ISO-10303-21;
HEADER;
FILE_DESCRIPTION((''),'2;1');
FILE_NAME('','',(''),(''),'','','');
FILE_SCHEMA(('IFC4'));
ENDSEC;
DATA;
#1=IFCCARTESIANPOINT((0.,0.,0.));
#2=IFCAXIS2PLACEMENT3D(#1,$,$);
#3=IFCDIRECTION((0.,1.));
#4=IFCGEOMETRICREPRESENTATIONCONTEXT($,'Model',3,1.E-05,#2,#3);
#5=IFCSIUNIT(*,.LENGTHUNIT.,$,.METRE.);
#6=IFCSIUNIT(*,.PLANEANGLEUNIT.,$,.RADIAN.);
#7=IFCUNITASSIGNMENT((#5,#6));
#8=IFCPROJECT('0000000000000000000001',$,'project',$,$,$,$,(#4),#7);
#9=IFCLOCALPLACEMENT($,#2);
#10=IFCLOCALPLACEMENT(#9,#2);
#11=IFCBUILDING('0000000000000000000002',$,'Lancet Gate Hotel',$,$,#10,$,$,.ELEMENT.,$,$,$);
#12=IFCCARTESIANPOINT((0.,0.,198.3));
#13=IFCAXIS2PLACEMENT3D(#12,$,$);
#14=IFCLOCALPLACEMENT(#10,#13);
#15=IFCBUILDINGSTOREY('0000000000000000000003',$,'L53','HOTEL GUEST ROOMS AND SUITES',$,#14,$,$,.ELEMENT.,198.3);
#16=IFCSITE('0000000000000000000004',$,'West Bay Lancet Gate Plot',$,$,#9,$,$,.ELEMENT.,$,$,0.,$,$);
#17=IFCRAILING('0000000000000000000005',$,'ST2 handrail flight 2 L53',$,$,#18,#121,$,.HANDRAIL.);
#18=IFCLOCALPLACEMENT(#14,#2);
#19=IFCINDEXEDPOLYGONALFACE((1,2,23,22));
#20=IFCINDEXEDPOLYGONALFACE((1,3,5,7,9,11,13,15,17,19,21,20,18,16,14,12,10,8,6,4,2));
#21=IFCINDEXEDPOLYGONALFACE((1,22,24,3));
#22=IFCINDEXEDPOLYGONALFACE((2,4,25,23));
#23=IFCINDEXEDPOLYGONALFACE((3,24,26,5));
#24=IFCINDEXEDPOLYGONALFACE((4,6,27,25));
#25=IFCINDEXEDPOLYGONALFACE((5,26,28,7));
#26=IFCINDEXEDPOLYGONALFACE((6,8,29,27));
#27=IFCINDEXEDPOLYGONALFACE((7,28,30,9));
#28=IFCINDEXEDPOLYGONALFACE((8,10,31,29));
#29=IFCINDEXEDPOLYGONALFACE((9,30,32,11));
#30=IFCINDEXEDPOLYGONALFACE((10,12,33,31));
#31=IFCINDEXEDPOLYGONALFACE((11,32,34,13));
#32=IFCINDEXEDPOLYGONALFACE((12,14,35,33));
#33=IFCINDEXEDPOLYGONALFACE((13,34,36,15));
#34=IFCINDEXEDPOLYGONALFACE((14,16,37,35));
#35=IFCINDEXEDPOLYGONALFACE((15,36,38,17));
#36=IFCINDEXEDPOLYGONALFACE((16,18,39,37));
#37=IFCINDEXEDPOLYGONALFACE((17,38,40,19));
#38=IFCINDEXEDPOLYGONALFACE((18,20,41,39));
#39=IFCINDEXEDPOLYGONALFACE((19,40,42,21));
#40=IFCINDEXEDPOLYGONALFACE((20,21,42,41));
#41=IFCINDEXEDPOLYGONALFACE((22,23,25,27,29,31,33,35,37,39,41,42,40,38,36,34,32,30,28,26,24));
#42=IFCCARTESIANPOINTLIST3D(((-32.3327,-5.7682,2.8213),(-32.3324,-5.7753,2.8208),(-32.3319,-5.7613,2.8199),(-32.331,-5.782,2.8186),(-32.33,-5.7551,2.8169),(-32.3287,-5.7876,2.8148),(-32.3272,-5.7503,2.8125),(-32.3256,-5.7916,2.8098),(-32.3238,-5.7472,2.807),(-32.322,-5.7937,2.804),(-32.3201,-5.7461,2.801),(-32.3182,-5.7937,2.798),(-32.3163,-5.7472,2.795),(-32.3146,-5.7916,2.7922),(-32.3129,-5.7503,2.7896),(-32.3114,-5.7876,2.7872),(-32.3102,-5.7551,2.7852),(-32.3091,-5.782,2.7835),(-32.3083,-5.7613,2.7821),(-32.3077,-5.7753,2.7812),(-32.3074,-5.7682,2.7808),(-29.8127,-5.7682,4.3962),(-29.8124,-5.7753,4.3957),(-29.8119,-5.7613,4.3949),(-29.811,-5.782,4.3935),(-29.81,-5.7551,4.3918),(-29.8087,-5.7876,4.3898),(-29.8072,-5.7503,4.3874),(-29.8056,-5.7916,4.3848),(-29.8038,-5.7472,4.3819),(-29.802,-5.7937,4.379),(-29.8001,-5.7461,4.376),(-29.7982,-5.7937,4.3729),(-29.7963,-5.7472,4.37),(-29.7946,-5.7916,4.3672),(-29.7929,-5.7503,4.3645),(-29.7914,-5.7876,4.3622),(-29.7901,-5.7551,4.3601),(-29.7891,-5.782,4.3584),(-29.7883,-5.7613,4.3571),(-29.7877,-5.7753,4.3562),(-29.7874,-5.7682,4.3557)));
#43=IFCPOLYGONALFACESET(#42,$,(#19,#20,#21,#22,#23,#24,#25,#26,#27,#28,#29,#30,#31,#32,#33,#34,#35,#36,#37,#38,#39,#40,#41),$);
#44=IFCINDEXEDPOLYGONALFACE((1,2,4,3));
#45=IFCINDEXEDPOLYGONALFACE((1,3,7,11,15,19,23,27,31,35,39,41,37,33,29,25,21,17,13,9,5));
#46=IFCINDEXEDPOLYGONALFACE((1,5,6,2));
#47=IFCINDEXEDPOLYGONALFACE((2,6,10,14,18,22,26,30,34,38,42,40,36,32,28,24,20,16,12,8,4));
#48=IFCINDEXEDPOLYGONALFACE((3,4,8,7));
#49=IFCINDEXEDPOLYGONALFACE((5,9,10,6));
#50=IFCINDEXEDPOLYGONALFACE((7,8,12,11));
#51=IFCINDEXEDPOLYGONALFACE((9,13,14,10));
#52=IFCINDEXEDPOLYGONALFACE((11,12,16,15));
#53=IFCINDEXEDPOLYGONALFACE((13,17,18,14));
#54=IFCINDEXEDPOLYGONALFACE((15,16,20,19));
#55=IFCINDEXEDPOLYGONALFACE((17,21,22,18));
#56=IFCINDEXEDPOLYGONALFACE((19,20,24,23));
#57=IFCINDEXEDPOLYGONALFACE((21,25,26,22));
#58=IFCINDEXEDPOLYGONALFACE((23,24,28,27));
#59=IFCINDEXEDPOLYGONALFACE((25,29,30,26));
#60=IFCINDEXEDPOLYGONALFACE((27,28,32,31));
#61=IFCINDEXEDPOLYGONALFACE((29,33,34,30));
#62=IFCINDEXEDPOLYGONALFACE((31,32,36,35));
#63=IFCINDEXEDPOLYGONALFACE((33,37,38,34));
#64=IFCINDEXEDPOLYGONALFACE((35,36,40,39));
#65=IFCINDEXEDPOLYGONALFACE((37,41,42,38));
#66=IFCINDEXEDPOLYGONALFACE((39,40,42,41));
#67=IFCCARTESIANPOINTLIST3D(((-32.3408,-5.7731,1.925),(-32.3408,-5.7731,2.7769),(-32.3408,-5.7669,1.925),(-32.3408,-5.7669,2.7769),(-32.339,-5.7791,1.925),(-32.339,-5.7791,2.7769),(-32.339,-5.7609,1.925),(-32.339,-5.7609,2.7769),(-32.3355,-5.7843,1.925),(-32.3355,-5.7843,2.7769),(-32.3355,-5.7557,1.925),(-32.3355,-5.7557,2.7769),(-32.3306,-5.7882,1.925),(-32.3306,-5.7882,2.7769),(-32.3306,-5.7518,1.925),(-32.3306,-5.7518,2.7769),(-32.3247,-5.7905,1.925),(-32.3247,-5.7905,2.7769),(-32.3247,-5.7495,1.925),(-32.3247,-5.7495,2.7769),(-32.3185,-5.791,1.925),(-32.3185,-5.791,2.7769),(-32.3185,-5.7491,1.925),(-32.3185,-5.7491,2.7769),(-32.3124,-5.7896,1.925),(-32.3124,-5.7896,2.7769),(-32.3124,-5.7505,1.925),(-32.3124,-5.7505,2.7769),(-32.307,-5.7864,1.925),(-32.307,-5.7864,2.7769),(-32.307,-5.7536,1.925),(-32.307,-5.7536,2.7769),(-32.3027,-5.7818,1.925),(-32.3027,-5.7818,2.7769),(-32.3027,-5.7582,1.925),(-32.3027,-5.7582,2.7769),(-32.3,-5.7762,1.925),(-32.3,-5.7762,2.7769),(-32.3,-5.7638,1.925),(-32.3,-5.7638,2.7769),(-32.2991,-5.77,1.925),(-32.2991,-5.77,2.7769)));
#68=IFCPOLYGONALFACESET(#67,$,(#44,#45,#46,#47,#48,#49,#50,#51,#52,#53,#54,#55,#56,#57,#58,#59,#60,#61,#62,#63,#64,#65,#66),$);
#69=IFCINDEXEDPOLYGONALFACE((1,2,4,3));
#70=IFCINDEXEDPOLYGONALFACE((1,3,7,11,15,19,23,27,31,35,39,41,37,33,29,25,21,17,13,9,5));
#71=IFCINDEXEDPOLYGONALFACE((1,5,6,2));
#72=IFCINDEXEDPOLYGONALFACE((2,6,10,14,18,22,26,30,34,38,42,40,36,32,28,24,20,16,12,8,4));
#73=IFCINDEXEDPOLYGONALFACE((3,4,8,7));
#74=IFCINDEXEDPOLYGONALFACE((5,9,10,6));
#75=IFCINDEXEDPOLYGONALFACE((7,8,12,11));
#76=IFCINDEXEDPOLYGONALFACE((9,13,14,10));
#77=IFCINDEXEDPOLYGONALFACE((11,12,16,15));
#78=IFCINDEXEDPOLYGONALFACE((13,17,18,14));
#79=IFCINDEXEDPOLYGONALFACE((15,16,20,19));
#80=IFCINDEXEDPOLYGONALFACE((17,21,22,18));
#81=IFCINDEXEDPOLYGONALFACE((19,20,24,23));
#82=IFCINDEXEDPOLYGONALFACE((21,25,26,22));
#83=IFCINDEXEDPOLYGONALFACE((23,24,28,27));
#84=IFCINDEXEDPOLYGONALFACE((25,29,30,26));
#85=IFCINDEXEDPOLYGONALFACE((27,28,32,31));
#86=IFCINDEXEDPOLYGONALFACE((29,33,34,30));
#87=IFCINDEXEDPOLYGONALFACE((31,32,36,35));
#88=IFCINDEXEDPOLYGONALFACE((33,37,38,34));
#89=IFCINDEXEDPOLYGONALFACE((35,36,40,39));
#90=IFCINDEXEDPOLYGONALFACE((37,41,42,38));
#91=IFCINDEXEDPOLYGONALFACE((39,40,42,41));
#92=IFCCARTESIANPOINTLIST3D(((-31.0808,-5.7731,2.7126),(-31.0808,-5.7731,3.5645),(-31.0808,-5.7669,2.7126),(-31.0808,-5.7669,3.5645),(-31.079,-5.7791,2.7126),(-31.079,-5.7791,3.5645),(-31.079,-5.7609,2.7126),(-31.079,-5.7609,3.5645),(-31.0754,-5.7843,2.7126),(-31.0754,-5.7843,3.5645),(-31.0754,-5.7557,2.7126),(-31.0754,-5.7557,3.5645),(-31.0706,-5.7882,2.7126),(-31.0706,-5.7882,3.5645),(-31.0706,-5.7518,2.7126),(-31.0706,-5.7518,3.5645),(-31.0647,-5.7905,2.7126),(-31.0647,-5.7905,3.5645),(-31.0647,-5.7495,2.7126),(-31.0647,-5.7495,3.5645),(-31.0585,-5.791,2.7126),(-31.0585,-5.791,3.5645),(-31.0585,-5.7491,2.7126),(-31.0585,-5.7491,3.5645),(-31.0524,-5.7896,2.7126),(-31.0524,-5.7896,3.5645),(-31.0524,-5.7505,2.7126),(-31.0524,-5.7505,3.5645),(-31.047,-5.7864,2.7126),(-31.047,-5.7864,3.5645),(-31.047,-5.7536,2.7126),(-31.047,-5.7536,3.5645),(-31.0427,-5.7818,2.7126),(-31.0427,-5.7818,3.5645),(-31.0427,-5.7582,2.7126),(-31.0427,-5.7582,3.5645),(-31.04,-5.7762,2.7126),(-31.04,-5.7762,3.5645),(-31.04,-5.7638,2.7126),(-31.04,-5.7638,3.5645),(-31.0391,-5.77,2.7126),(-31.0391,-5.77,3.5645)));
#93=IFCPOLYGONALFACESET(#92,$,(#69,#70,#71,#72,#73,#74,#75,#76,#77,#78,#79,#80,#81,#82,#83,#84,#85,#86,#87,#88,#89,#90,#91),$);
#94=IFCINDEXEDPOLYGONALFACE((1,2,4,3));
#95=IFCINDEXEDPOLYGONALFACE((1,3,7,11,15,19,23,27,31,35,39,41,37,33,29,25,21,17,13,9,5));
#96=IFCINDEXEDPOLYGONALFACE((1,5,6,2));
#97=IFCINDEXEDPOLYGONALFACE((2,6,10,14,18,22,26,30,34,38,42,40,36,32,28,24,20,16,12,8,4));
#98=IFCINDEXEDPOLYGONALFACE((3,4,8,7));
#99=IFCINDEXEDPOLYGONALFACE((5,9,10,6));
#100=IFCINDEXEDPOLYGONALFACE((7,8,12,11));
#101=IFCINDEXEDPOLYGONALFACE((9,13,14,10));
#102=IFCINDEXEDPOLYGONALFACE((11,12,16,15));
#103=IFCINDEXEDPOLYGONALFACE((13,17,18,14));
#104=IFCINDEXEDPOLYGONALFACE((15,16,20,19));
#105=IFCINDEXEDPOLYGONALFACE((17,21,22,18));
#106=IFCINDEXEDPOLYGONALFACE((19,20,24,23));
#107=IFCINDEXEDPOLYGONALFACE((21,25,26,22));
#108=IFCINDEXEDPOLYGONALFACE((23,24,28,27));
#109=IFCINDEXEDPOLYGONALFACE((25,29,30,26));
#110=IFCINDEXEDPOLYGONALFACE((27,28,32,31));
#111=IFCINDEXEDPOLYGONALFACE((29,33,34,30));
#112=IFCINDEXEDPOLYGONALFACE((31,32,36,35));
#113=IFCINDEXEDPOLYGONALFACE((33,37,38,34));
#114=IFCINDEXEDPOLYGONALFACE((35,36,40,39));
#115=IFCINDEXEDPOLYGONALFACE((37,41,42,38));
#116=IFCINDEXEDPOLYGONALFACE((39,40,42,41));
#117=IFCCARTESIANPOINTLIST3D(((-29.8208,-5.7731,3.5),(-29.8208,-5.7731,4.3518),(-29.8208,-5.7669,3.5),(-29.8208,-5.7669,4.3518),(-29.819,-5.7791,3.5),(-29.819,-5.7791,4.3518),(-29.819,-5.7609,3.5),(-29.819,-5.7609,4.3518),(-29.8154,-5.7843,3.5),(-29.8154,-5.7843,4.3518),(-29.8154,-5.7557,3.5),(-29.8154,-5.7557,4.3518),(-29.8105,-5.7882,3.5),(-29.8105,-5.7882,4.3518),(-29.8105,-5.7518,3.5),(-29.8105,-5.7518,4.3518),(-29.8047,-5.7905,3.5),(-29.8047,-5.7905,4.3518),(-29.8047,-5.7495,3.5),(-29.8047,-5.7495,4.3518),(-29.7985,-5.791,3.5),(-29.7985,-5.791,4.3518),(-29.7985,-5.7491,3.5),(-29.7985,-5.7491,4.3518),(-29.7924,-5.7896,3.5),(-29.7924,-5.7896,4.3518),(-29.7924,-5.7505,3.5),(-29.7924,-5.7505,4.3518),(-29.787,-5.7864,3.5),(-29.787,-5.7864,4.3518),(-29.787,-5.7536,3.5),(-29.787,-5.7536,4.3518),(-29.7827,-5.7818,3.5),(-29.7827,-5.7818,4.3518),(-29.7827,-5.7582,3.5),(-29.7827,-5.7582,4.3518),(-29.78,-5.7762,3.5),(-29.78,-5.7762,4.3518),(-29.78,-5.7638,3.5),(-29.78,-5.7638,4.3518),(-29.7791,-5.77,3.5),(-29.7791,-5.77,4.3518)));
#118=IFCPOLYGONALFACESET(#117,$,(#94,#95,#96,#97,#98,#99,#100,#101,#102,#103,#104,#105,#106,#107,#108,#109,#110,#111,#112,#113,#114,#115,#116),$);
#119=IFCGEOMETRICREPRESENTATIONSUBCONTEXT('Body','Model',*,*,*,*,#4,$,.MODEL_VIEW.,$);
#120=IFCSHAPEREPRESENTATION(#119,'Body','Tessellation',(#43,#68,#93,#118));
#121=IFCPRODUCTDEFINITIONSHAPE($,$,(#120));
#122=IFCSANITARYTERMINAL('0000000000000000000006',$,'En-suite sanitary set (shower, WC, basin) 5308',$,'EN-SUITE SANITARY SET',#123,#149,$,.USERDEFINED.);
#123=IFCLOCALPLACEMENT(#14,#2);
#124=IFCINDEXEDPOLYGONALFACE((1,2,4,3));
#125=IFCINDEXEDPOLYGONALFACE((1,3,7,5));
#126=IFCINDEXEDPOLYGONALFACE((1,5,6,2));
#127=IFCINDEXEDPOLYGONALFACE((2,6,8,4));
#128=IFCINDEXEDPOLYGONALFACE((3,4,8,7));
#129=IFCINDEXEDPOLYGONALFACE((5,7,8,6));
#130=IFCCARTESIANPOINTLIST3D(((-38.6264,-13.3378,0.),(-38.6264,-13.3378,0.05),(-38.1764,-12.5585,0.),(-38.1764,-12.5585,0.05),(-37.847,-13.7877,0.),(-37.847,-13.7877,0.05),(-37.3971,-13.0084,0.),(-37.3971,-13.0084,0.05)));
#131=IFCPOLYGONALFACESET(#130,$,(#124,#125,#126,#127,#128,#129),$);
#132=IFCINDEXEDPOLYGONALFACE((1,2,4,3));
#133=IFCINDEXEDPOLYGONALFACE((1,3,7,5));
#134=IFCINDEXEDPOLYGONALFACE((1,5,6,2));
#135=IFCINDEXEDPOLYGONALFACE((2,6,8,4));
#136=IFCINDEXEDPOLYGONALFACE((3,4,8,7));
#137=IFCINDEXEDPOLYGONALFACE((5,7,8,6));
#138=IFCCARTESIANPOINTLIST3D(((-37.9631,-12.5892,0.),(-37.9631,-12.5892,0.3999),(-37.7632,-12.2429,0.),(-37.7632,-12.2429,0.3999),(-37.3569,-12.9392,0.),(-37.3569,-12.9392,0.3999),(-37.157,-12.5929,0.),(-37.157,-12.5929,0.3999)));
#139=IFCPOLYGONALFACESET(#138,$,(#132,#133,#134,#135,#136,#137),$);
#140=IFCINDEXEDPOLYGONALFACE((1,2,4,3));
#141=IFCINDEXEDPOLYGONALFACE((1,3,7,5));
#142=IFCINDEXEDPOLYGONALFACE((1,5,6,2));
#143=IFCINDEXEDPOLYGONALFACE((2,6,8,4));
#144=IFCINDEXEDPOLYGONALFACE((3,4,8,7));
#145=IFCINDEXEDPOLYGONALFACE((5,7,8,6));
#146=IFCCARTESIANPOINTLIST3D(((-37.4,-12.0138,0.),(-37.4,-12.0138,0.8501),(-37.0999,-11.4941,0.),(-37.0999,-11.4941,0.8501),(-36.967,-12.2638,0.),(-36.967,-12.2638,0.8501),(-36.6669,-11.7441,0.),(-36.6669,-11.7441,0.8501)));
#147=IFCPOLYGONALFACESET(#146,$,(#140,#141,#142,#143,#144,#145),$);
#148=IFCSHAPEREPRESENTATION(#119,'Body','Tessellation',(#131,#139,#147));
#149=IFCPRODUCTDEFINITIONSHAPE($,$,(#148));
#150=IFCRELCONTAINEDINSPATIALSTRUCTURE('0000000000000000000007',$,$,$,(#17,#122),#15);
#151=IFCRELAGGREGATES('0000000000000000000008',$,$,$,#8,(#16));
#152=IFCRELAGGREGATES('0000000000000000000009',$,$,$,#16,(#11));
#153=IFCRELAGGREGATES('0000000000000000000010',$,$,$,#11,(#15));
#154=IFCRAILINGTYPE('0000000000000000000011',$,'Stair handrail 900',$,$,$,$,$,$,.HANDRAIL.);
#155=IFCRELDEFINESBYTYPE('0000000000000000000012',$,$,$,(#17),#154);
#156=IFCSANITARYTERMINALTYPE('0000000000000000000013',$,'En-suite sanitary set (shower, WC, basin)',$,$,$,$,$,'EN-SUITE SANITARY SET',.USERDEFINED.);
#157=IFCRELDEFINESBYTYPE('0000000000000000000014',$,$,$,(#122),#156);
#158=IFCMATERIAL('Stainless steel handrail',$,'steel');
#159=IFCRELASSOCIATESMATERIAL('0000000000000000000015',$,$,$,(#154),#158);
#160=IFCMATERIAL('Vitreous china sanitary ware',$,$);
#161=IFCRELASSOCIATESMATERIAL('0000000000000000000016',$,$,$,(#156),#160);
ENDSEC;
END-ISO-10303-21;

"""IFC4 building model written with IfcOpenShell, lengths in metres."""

from ifc_helpers import new_model, si_unit, direction, frame, origin, origin_2d, place, context, subcontext, project, spatial, rectangle, circle, extrude, material, type_object, element, save


model = new_model("IFC4")

# Units and contexts
model_context = context("Model", 3, precision=1e-05, world=origin(), true_north=direction((0.0, 1.0)))
body_context = subcontext(model_context, "Body", "Model", "MODEL_VIEW")
ifc_project = project(units=[si_unit("LENGTHUNIT", "METRE"), si_unit("PLANEANGLEUNIT", "RADIAN")], contexts=[model_context])

# Site, building, storey
site_placement = place(None, origin())
site = spatial("IfcSite", under=ifc_project, at=site_placement, Name="West Bay Lancet Gate Plot", CompositionType="ELEMENT", RefElevation=0.0)
building_placement = place(site_placement, origin())
building = spatial("IfcBuilding", under=site, at=building_placement, Name="Lancet Gate Hotel", CompositionType="ELEMENT")
storey_placement = place(building_placement, frame((0.0, 0.0, 198.3)))
storey = spatial("IfcBuildingStorey", under=building, at=storey_placement, Name="L53", Description="HOTEL GUEST ROOMS AND SUITES", CompositionType="ELEMENT", Elevation=198.3)

# Railing
ifc_material_1 = material(Name="Stainless steel handrail", Category="steel")
railing_type = type_object("IfcRailingType", Name="Stair handrail 900", PredefinedType="HANDRAIL", material=ifc_material_1)
railing_placement = place(storey_placement, frame((-32.3201, -5.77, 1.925)))
element("IfcRailing", 1, at=railing_placement, inside=storey, type_object=railing_type, Name="ST2 handrail flight 2 L53", PredefinedType="HANDRAIL", context=body_context, shape_type="SweptSolid", body=[
    extrude(circle(Radius=0.0239, at=origin_2d()), frame((0.0, 0.0, 0.876), z_axis=(0.848008, 0.0, 0.529984), x_axis=(0.0, 1.0, 0.0)), (0.0, 0.0, 1.0), 2.9717),
    extrude(circle(Radius=0.021, at=origin_2d()), origin(), (0.0, 0.0, 1.0), 0.8518),
    extrude(circle(Radius=0.021, at=origin_2d()), frame((1.26, 0.0, 0.7876)), (0.0, 0.0, 1.0), 0.8518),
    extrude(circle(Radius=0.021, at=origin_2d()), frame((2.52, 0.0, 1.575)), (0.0, 0.0, 1.0), 0.8518),
])

# Sanitary terminal
ifc_material_2 = material(Name="Vitreous china sanitary ware")
sanitary_terminal_type = type_object("IfcSanitaryTerminalType", Name="En-suite sanitary set (shower, WC, basin)", ElementType="EN-SUITE SANITARY SET", PredefinedType="USERDEFINED", material=ifc_material_2)
sanitary_terminal_placement = place(storey_placement, frame((-38.0117, -13.1731, 0.0), z_axis=(0.0, 0.0, 1.0), x_axis=(1.0, 0.0, 0.0)))
element("IfcSanitaryTerminal", 2, at=sanitary_terminal_placement, inside=storey, type_object=sanitary_terminal_type, Name="En-suite sanitary set (shower, WC, basin) 5308", ObjectType="EN-SUITE SANITARY SET", PredefinedType="USERDEFINED", context=body_context, shape_type="SweptSolid", body=[
    extrude(rectangle(XDim=0.8999, YDim=0.8999, at=origin_2d()), frame((0.0, 0.0, 0.0), z_axis=(0.0, 0.0, 1.0), x_axis=(-0.5, -0.866025, 0.0)), (0.0, 0.0, 1.0), 0.05),
    extrude(rectangle(XDim=0.3999, YDim=0.7, at=origin_2d()), frame((0.4517, 0.582, 0.0), z_axis=(0.0, 0.0, 1.0), x_axis=(-0.5, -0.866025, 0.0)), (0.0, 0.0, 1.0), 0.3999),
    extrude(rectangle(XDim=0.6001, YDim=0.5, at=origin_2d()), frame((0.9783, 1.2942, 0.0), z_axis=(0.0, 0.0, 1.0), x_axis=(-0.5, -0.866025, 0.0)), (0.0, 0.0, 1.0), 0.8501),
])

save(model, "model.ifc")
